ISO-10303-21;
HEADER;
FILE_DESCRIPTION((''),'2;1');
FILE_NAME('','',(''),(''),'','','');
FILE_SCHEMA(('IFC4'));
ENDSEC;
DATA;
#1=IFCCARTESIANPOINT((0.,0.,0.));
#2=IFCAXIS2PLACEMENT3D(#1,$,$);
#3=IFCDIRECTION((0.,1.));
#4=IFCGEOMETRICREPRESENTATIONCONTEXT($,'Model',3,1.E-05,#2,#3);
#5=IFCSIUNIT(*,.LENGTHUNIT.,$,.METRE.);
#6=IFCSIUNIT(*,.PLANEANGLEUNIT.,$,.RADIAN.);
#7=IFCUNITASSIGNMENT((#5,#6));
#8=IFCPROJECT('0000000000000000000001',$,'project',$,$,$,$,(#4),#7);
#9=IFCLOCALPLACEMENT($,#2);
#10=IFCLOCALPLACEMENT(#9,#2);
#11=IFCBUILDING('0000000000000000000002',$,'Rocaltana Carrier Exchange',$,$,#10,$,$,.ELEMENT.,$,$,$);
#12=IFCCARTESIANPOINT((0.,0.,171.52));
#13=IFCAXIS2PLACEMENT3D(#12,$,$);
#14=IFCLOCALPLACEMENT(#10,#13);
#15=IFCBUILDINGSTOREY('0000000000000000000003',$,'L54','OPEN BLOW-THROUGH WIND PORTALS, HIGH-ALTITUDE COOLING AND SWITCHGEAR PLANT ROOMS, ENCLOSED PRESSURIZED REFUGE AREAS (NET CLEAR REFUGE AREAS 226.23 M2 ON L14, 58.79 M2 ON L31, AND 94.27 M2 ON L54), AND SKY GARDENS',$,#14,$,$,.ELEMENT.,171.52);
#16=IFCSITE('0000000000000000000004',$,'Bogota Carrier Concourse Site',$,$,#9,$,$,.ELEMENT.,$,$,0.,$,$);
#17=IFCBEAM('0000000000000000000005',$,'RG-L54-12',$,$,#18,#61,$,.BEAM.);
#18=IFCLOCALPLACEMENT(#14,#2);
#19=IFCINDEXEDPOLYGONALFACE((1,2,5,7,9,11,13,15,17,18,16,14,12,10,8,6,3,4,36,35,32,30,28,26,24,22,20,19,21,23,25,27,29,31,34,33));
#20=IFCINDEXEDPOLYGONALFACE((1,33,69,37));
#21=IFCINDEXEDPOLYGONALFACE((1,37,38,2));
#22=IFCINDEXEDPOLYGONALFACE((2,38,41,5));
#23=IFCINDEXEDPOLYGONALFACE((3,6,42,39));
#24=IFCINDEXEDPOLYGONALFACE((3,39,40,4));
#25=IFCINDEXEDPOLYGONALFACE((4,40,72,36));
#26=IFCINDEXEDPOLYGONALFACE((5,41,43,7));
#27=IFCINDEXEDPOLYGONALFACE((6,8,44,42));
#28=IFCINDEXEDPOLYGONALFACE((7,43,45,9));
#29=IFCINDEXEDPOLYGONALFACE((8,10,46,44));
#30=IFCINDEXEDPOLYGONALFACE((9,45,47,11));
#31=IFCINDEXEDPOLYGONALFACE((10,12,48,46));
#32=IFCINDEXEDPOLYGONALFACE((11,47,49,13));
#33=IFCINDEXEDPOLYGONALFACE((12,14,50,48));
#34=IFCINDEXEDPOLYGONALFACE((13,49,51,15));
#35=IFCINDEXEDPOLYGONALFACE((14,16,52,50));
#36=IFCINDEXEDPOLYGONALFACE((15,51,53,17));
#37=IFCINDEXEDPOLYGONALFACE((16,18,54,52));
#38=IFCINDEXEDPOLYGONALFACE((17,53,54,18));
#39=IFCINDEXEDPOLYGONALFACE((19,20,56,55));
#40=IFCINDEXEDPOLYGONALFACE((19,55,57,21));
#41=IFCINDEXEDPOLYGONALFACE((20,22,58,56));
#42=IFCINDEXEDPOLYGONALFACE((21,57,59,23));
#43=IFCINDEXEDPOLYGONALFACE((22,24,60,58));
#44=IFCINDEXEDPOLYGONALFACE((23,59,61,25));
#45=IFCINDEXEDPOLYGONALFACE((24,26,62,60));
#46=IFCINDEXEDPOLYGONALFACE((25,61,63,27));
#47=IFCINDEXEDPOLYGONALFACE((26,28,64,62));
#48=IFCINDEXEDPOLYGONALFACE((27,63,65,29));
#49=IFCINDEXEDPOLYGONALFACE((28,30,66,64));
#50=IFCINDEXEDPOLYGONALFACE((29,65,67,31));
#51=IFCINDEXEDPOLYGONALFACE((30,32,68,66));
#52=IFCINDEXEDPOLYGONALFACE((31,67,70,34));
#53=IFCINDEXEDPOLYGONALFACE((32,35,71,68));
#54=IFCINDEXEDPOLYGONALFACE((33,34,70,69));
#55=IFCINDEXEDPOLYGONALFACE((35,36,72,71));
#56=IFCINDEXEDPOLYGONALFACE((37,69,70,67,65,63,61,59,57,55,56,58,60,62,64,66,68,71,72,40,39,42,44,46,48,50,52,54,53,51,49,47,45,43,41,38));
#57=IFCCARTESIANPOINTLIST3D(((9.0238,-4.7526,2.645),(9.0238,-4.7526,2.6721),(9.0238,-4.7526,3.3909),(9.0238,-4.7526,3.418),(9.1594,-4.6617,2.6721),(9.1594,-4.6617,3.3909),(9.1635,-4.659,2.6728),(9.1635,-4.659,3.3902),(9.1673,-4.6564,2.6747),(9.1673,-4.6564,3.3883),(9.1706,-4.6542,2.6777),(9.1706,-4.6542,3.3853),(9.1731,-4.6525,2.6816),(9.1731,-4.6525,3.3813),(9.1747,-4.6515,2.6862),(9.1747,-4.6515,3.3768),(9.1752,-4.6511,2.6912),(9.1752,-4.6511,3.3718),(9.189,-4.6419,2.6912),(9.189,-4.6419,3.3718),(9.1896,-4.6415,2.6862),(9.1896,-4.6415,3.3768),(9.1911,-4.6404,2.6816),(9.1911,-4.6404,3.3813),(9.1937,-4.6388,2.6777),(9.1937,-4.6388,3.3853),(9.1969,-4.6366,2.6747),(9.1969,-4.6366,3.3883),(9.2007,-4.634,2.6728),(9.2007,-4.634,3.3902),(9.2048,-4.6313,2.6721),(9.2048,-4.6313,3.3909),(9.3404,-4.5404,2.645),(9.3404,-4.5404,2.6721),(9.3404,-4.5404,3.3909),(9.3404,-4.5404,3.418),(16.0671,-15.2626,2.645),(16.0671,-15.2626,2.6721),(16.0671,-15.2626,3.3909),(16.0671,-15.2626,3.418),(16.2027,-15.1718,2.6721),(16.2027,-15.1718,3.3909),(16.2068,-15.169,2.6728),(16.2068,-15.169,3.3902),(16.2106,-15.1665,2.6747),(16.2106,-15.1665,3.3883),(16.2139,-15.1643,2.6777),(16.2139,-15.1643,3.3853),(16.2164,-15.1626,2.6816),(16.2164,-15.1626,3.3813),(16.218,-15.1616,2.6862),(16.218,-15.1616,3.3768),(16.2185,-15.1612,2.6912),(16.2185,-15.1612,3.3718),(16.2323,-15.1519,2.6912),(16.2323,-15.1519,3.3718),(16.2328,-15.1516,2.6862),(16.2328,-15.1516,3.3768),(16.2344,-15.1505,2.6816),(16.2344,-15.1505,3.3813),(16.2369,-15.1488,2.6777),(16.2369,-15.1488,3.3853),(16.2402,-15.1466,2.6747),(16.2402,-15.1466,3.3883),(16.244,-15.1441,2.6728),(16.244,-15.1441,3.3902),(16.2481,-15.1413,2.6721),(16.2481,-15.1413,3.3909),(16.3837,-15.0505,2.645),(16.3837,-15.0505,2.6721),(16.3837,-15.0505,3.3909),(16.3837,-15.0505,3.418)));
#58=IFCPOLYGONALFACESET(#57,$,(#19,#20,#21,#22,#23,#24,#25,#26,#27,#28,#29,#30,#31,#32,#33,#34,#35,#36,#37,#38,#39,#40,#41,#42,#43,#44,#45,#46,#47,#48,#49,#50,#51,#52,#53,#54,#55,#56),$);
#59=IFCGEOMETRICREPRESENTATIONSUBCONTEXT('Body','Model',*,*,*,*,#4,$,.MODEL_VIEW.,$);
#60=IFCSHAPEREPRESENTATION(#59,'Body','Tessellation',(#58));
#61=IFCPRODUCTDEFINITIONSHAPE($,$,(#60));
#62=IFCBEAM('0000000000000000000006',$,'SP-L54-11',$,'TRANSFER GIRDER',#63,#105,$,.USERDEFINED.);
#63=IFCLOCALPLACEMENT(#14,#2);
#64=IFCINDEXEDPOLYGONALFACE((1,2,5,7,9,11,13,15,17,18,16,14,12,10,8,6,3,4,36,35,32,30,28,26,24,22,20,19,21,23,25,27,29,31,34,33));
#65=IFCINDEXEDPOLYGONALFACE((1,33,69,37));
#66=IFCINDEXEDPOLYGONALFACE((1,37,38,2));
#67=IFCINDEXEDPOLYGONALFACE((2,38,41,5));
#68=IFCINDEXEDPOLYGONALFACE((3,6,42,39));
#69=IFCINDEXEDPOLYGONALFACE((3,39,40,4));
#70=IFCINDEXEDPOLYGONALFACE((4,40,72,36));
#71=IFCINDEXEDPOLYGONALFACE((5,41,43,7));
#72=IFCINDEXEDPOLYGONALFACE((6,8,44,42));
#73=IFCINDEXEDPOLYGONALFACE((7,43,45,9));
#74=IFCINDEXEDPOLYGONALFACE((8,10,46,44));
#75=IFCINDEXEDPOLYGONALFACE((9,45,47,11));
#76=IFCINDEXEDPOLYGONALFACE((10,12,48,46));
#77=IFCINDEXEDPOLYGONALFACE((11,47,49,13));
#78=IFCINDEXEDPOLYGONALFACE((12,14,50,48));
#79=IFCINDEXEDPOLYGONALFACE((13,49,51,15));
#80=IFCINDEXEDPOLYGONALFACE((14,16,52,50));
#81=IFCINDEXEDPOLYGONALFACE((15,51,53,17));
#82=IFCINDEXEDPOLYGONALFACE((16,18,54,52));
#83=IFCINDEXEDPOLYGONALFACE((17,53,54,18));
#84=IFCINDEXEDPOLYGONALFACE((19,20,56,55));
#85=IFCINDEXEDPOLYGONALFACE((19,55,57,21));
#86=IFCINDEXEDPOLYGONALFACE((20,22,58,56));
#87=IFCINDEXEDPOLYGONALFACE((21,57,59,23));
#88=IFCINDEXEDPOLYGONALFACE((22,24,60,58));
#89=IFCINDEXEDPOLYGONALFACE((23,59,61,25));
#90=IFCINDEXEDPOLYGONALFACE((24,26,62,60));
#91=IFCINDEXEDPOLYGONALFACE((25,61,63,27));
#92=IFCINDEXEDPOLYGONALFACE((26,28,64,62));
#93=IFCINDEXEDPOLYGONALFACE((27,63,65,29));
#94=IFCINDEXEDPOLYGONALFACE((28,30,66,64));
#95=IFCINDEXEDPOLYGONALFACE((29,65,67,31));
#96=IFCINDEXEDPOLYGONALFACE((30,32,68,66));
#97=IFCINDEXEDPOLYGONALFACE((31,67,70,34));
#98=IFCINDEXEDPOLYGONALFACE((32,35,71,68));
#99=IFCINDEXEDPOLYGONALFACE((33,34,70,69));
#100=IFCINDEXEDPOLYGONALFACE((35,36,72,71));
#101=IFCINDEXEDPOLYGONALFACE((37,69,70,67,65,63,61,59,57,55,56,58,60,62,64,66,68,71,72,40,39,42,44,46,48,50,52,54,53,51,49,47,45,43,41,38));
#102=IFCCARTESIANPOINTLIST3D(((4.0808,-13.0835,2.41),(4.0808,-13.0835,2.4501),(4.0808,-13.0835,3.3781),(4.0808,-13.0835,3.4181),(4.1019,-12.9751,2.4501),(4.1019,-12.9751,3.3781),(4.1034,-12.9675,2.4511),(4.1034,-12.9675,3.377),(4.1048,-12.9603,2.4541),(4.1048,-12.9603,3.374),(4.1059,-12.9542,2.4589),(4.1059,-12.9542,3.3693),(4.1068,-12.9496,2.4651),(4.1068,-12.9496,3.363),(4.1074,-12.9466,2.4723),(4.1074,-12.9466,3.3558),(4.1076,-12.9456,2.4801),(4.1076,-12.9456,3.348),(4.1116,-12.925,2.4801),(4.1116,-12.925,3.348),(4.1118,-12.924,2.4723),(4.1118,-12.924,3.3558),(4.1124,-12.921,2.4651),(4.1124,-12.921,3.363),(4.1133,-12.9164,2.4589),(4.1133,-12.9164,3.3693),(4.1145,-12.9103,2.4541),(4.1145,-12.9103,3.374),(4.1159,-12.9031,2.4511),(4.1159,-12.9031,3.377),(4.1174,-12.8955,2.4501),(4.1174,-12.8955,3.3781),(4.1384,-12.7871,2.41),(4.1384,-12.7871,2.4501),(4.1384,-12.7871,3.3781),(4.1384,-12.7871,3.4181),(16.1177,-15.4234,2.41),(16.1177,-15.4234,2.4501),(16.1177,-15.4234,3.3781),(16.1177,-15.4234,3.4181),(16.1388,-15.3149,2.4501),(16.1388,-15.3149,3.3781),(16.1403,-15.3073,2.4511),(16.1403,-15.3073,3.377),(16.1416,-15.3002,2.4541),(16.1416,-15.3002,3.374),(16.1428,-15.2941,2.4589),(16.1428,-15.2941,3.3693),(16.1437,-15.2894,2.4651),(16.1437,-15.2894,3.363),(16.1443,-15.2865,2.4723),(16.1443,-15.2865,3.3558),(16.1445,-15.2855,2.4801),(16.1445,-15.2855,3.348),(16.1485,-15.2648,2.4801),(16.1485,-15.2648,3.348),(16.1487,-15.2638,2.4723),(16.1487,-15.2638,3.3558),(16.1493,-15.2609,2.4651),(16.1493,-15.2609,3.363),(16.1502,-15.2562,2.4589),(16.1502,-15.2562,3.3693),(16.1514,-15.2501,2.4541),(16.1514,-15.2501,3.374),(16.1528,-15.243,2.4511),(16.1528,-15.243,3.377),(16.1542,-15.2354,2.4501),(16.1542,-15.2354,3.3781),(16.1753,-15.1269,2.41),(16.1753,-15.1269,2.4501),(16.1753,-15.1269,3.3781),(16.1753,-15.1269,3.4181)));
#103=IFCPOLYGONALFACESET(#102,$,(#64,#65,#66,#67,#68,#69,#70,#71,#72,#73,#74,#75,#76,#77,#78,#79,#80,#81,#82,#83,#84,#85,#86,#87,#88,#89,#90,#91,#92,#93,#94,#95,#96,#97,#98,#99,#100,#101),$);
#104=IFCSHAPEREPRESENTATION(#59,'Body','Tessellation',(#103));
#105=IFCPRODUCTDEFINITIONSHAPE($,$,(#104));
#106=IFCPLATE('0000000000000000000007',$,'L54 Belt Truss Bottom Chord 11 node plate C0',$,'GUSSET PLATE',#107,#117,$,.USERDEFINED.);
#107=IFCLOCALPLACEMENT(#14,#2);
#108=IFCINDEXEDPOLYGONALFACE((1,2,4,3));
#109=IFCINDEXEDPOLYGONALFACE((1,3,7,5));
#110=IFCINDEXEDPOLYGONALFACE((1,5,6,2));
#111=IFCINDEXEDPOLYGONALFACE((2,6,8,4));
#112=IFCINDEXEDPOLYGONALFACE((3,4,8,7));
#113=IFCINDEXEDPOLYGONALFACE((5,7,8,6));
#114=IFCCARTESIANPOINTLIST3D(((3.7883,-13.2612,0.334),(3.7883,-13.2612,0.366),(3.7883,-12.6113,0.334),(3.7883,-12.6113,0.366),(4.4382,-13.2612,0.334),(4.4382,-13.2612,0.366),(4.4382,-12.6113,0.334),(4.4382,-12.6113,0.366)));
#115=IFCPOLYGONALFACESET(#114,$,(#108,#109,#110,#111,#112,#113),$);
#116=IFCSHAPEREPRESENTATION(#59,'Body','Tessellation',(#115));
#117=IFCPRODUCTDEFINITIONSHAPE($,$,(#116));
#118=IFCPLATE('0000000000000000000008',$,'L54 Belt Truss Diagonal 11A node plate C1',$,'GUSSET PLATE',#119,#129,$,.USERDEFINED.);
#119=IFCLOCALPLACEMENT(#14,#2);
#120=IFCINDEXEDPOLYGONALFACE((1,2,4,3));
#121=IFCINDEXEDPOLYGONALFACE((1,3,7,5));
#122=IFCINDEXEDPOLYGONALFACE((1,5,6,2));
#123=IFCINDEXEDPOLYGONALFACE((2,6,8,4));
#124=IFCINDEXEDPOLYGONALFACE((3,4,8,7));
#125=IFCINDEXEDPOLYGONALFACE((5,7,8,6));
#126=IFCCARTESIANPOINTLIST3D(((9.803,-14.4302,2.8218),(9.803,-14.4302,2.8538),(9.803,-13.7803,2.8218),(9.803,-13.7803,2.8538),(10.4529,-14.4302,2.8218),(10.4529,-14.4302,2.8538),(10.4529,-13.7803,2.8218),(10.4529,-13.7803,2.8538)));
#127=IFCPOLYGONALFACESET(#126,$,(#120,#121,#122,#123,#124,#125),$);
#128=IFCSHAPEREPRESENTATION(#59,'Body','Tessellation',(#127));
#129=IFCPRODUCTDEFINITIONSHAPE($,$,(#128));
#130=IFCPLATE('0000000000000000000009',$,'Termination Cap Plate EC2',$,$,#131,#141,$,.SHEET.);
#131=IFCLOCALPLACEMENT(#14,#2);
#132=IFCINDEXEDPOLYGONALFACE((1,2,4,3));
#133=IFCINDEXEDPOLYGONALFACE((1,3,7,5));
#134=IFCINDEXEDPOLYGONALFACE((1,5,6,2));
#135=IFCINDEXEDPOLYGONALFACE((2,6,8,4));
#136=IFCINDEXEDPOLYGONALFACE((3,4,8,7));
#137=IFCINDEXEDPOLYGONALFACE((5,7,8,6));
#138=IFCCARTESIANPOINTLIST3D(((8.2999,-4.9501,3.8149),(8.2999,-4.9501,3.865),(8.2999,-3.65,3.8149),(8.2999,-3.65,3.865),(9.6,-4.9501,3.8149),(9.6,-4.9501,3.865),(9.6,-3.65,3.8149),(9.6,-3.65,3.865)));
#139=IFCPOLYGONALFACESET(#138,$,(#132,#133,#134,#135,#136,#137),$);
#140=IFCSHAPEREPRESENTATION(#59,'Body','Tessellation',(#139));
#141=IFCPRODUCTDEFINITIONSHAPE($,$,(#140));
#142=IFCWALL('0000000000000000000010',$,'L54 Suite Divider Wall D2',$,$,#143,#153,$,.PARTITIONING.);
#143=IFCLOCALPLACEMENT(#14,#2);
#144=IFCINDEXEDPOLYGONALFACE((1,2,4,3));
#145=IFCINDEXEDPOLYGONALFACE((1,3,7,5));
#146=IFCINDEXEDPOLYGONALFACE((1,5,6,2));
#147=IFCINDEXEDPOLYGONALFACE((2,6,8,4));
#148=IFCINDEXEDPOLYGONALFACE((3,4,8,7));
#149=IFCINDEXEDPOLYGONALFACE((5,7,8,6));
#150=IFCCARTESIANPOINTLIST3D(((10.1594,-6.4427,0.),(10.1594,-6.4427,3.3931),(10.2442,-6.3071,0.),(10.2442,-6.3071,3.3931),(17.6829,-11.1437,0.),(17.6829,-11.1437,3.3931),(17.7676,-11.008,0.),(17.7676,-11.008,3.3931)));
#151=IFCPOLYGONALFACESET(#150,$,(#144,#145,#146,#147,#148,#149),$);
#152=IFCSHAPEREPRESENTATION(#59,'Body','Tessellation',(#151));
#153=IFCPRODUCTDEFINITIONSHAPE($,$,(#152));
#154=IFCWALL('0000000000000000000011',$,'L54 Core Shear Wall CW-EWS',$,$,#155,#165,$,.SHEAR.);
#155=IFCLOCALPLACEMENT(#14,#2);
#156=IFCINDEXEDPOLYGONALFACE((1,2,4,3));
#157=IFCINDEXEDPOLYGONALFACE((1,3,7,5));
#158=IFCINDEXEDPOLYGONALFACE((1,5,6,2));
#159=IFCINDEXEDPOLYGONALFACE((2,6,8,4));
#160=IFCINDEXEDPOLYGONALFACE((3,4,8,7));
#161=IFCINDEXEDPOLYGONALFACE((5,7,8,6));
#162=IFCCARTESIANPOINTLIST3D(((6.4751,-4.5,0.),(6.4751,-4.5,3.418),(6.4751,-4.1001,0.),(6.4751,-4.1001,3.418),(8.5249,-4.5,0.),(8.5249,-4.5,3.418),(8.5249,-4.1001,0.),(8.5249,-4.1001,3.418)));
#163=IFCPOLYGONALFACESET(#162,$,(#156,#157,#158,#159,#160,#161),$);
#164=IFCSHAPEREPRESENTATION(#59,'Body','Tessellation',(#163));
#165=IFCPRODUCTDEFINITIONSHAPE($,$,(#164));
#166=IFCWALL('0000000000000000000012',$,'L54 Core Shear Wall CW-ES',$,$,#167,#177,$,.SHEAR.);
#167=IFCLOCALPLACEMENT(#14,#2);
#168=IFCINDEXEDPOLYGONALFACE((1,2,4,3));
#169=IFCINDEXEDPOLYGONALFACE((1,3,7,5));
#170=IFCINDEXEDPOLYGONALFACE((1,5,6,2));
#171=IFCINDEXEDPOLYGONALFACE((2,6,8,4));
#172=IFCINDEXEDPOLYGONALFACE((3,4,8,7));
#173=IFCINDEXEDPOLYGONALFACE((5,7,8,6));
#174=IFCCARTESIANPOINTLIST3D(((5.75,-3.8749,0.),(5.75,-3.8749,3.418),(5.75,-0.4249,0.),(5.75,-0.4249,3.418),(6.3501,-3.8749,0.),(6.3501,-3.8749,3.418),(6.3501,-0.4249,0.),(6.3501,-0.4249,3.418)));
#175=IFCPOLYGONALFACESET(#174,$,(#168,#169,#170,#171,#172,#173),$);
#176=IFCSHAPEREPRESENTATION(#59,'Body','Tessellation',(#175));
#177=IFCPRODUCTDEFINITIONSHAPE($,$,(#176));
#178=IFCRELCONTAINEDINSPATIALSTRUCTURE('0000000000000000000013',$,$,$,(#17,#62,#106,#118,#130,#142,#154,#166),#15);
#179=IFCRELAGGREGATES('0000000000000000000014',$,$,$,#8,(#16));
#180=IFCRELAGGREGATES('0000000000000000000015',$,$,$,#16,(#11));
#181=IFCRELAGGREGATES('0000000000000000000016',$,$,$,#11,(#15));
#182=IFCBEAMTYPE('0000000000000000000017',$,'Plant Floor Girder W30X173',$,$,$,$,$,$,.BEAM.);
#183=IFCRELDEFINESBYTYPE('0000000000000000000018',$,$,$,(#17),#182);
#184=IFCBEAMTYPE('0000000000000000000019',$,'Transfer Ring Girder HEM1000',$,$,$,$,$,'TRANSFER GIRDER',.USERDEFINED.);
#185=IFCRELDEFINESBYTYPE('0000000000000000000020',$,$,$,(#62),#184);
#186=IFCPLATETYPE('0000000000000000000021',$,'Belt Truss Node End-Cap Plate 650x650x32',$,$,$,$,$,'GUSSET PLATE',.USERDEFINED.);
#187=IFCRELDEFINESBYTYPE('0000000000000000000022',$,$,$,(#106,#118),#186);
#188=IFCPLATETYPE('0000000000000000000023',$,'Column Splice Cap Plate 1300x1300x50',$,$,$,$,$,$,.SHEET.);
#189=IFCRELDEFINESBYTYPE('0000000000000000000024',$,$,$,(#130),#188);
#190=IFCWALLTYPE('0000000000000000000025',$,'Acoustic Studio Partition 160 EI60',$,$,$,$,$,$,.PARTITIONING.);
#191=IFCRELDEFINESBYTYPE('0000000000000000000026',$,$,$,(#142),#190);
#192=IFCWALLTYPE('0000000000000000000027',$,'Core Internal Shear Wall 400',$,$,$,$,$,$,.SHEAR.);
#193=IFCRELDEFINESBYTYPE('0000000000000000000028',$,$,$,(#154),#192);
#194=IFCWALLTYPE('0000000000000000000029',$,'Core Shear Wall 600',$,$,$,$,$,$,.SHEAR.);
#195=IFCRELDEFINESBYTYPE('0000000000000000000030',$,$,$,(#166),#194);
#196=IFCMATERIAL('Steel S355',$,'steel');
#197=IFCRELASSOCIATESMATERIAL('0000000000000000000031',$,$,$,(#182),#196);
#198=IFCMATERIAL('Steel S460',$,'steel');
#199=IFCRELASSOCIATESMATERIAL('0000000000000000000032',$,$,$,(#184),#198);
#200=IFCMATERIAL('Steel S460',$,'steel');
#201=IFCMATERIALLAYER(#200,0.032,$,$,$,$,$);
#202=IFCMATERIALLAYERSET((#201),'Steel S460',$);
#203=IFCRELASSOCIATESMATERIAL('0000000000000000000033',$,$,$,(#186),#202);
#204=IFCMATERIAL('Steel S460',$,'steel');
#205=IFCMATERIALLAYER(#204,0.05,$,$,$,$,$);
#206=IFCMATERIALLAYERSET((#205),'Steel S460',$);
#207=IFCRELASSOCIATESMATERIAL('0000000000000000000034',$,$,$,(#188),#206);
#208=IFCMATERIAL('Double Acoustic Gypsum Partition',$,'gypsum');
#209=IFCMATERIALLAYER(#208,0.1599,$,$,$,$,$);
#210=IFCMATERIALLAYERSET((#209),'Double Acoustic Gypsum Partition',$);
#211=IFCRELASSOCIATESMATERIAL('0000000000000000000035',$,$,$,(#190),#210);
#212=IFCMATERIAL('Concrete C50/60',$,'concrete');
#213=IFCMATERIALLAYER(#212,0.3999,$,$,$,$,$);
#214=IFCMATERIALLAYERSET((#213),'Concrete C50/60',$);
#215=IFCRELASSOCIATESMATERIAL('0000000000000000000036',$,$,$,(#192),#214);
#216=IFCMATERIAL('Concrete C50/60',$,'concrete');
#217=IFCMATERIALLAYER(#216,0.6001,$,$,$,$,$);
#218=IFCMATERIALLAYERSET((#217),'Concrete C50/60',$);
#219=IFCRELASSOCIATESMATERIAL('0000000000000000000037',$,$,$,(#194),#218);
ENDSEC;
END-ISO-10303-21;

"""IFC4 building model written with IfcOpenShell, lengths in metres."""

from ifc_helpers import new_model, si_unit, direction, frame, frame_2d, origin, origin_2d, place, context, subcontext, project, spatial, rectangle, i_section, extrude, material, layer, layer_set, material_profile, profile_set, type_object, element, save


model = new_model("IFC4")

# Units and contexts
model_context = context("Model", 3, precision=1e-05, world=origin(), true_north=direction((0.0, 1.0)))
body_context = subcontext(model_context, "Body", "Model", "MODEL_VIEW")
ifc_project = project(units=[si_unit("LENGTHUNIT", "METRE"), si_unit("PLANEANGLEUNIT", "RADIAN")], contexts=[model_context])

# Site, building, storey
site_placement = place(None, origin())
site = spatial("IfcSite", under=ifc_project, at=site_placement, Name="Bogota Carrier Concourse Site", CompositionType="ELEMENT", RefElevation=0.0)
building_placement = place(site_placement, origin())
building = spatial("IfcBuilding", under=site, at=building_placement, Name="Rocaltana Carrier Exchange", CompositionType="ELEMENT")
storey_placement = place(building_placement, frame((0.0, 0.0, 171.52)))
storey = spatial("IfcBuildingStorey", under=building, at=storey_placement, Name="L54", Description="OPEN BLOW-THROUGH WIND PORTALS, HIGH-ALTITUDE COOLING AND SWITCHGEAR PLANT ROOMS, ENCLOSED PRESSURIZED REFUGE AREAS (NET CLEAR REFUGE AREAS 226.23 M2 ON L14, 58.79 M2 ON L31, AND 94.27 M2 ON L54), AND SKY GARDENS", CompositionType="ELEMENT", Elevation=171.52)

# Beams
ifc_material_1 = material(Name="Steel S355", Category="steel")
ifc_material_profile_1 = material_profile(ifc_material_1, i_section(OverallWidth=0.3811, OverallDepth=0.7729, WebThickness=0.0166, FlangeThickness=0.0271, FilletRadius=0.019, at=origin_2d()), Name="W30X173")
ifc_profile_set_1 = profile_set([ifc_material_profile_1], Name="Steel S355")
beam_type_1 = type_object("IfcBeamType", Name="Plant Floor Girder W30X173", PredefinedType="BEAM", material=ifc_profile_set_1)
beam_1_placement = place(storey_placement, frame((9.1821, -4.6465, 3.0315), z_axis=(0.556698, -0.830715, 0.0), x_axis=(0.830715, 0.556698, 0.0)))
element("IfcBeam", 1, at=beam_1_placement, inside=storey, type_object=beam_type_1, Name="RG-L54-12", PredefinedType="BEAM", context=body_context, shape_type="SweptSolid", body=[
    extrude(i_section(OverallWidth=0.3811, OverallDepth=0.7729, WebThickness=0.0166, FlangeThickness=0.0271, FilletRadius=0.019, at=origin_2d()), origin(), (0.0, 0.0, 1.0), 12.6519),
])
ifc_material_2 = material(Name="Steel S460", Category="steel")
ifc_material_profile_2 = material_profile(ifc_material_2, i_section(OverallWidth=0.302, OverallDepth=1.0081, WebThickness=0.021, FlangeThickness=0.04, FilletRadius=0.03, at=origin_2d()), Name="HEM1000")
ifc_profile_set_2 = profile_set([ifc_material_profile_2], Name="Steel S460")
beam_type_2 = type_object("IfcBeamType", Name="Transfer Ring Girder HEM1000", ElementType="TRANSFER GIRDER", PredefinedType="USERDEFINED", material=ifc_profile_set_2)
beam_2_placement = place(storey_placement, frame((4.1096, -12.9353, 2.9141), z_axis=(0.981625, -0.190818, 0.0), x_axis=(0.190818, 0.981625, 0.0)))
element("IfcBeam", 2, at=beam_2_placement, inside=storey, type_object=beam_type_2, Name="SP-L54-11", ObjectType="TRANSFER GIRDER", PredefinedType="USERDEFINED", context=body_context, shape_type="SweptSolid", body=[
    extrude(i_section(OverallWidth=0.302, OverallDepth=1.0081, WebThickness=0.021, FlangeThickness=0.04, FilletRadius=0.03, at=origin_2d()), origin(), (0.0, 0.0, 1.0), 12.2622),
])

# Plates
ifc_material_3 = material(Name="Steel S460", Category="steel")
ifc_layer_1 = layer(ifc_material_3, 0.032)
ifc_layer_set_1 = layer_set([ifc_layer_1], Name="Steel S460")
plate_type_1 = type_object("IfcPlateType", Name="Belt Truss Node End-Cap Plate 650x650x32", ElementType="GUSSET PLATE", PredefinedType="USERDEFINED", material=ifc_layer_set_1)
for number, where, z_axis, x_axis, name in (
    (3, (4.1133, -12.9363, 0.334), (0.0, 0.0, 1.0), (1.0, 0.0, 0.0), "L54 Belt Truss Bottom Chord 11 node plate C0"),
    (4, (10.1279, -14.1052, 2.8218), (0.0, 0.0, 1.0), (1.0, 0.0, 0.0), "L54 Belt Truss Diagonal 11A node plate C1"),
):
    element("IfcPlate", number, at=place(storey_placement, frame(where, z_axis=z_axis, x_axis=x_axis)), inside=storey, type_object=plate_type_1, Name=name, ObjectType="GUSSET PLATE", PredefinedType="USERDEFINED", context=body_context, shape_type="SweptSolid", body=[
        extrude(rectangle(XDim=0.6499, YDim=0.6499, at=origin_2d()), origin(), (0.0, 0.0, 1.0), 0.032),
    ])
ifc_material_4 = material(Name="Steel S460", Category="steel")
ifc_layer_2 = layer(ifc_material_4, 0.05)
ifc_layer_set_2 = layer_set([ifc_layer_2], Name="Steel S460")
plate_type_2 = type_object("IfcPlateType", Name="Column Splice Cap Plate 1300x1300x50", PredefinedType="SHEET", material=ifc_layer_set_2)
plate_placement = place(storey_placement, frame((8.95, -4.3, 3.8149), z_axis=(0.0, 0.0, 1.0), x_axis=(1.0, 0.0, 0.0)))
element("IfcPlate", 5, at=plate_placement, inside=storey, type_object=plate_type_2, Name="Termination Cap Plate EC2", PredefinedType="SHEET", context=body_context, shape_type="SweptSolid", body=[
    extrude(rectangle(XDim=1.3, YDim=1.3, at=origin_2d()), origin(), (0.0, 0.0, 1.0), 0.05),
])

# Walls
ifc_material_5 = material(Name="Double Acoustic Gypsum Partition", Category="gypsum")
ifc_layer_3 = layer(ifc_material_5, 0.1599)
ifc_layer_set_3 = layer_set([ifc_layer_3], Name="Double Acoustic Gypsum Partition")
wall_type_1 = type_object("IfcWallType", Name="Acoustic Studio Partition 160 EI60", PredefinedType="PARTITIONING", material=ifc_layer_set_3)
wall_1_placement = place(storey_placement, frame((10.2019, -6.375, 0.0), z_axis=(0.0, 0.0, 1.0), x_axis=(0.84806, -0.5299, 0.0)))
element("IfcWall", 6, at=wall_1_placement, inside=storey, type_object=wall_type_1, Name="L54 Suite Divider Wall D2", PredefinedType="PARTITIONING", context=body_context, shape_type="SweptSolid", body=[
    extrude(rectangle(XDim=8.8713, YDim=0.1599, at=frame_2d((4.4355, 0.0))), origin(), (0.0, 0.0, 1.0), 3.3931),
])
ifc_material_6 = material(Name="Concrete C50/60", Category="concrete")
ifc_layer_4 = layer(ifc_material_6, 0.3999)
ifc_layer_set_4 = layer_set([ifc_layer_4], Name="Concrete C50/60")
wall_type_2 = type_object("IfcWallType", Name="Core Internal Shear Wall 400", PredefinedType="SHEAR", material=ifc_layer_set_4)
wall_2_placement = place(storey_placement, frame((6.4751, -4.3, 0.0), z_axis=(0.0, 0.0, 1.0), x_axis=(1.0, 0.0, 0.0)))
element("IfcWall", 7, at=wall_2_placement, inside=storey, type_object=wall_type_2, Name="L54 Core Shear Wall CW-EWS", PredefinedType="SHEAR", context=body_context, shape_type="SweptSolid", body=[
    extrude(rectangle(XDim=2.0498, YDim=0.3999, at=frame_2d((1.0249, 0.0))), origin(), (0.0, 0.0, 1.0), 3.418),
])
ifc_material_7 = material(Name="Concrete C50/60", Category="concrete")
ifc_layer_5 = layer(ifc_material_7, 0.6001)
ifc_layer_set_5 = layer_set([ifc_layer_5], Name="Concrete C50/60")
wall_type_3 = type_object("IfcWallType", Name="Core Shear Wall 600", PredefinedType="SHEAR", material=ifc_layer_set_5)
wall_3_placement = place(storey_placement, frame((6.05, -3.875, 0.0), z_axis=(0.0, 0.0, 1.0), x_axis=(0.0, 1.0, 0.0)))
element("IfcWall", 8, at=wall_3_placement, inside=storey, type_object=wall_type_3, Name="L54 Core Shear Wall CW-ES", PredefinedType="SHEAR", context=body_context, shape_type="SweptSolid", body=[
    extrude(rectangle(XDim=3.45, YDim=0.6001, at=frame_2d((1.7251, 0.0))), origin(), (0.0, 0.0, 1.0), 3.418),
])

save(model, "model.ifc")
